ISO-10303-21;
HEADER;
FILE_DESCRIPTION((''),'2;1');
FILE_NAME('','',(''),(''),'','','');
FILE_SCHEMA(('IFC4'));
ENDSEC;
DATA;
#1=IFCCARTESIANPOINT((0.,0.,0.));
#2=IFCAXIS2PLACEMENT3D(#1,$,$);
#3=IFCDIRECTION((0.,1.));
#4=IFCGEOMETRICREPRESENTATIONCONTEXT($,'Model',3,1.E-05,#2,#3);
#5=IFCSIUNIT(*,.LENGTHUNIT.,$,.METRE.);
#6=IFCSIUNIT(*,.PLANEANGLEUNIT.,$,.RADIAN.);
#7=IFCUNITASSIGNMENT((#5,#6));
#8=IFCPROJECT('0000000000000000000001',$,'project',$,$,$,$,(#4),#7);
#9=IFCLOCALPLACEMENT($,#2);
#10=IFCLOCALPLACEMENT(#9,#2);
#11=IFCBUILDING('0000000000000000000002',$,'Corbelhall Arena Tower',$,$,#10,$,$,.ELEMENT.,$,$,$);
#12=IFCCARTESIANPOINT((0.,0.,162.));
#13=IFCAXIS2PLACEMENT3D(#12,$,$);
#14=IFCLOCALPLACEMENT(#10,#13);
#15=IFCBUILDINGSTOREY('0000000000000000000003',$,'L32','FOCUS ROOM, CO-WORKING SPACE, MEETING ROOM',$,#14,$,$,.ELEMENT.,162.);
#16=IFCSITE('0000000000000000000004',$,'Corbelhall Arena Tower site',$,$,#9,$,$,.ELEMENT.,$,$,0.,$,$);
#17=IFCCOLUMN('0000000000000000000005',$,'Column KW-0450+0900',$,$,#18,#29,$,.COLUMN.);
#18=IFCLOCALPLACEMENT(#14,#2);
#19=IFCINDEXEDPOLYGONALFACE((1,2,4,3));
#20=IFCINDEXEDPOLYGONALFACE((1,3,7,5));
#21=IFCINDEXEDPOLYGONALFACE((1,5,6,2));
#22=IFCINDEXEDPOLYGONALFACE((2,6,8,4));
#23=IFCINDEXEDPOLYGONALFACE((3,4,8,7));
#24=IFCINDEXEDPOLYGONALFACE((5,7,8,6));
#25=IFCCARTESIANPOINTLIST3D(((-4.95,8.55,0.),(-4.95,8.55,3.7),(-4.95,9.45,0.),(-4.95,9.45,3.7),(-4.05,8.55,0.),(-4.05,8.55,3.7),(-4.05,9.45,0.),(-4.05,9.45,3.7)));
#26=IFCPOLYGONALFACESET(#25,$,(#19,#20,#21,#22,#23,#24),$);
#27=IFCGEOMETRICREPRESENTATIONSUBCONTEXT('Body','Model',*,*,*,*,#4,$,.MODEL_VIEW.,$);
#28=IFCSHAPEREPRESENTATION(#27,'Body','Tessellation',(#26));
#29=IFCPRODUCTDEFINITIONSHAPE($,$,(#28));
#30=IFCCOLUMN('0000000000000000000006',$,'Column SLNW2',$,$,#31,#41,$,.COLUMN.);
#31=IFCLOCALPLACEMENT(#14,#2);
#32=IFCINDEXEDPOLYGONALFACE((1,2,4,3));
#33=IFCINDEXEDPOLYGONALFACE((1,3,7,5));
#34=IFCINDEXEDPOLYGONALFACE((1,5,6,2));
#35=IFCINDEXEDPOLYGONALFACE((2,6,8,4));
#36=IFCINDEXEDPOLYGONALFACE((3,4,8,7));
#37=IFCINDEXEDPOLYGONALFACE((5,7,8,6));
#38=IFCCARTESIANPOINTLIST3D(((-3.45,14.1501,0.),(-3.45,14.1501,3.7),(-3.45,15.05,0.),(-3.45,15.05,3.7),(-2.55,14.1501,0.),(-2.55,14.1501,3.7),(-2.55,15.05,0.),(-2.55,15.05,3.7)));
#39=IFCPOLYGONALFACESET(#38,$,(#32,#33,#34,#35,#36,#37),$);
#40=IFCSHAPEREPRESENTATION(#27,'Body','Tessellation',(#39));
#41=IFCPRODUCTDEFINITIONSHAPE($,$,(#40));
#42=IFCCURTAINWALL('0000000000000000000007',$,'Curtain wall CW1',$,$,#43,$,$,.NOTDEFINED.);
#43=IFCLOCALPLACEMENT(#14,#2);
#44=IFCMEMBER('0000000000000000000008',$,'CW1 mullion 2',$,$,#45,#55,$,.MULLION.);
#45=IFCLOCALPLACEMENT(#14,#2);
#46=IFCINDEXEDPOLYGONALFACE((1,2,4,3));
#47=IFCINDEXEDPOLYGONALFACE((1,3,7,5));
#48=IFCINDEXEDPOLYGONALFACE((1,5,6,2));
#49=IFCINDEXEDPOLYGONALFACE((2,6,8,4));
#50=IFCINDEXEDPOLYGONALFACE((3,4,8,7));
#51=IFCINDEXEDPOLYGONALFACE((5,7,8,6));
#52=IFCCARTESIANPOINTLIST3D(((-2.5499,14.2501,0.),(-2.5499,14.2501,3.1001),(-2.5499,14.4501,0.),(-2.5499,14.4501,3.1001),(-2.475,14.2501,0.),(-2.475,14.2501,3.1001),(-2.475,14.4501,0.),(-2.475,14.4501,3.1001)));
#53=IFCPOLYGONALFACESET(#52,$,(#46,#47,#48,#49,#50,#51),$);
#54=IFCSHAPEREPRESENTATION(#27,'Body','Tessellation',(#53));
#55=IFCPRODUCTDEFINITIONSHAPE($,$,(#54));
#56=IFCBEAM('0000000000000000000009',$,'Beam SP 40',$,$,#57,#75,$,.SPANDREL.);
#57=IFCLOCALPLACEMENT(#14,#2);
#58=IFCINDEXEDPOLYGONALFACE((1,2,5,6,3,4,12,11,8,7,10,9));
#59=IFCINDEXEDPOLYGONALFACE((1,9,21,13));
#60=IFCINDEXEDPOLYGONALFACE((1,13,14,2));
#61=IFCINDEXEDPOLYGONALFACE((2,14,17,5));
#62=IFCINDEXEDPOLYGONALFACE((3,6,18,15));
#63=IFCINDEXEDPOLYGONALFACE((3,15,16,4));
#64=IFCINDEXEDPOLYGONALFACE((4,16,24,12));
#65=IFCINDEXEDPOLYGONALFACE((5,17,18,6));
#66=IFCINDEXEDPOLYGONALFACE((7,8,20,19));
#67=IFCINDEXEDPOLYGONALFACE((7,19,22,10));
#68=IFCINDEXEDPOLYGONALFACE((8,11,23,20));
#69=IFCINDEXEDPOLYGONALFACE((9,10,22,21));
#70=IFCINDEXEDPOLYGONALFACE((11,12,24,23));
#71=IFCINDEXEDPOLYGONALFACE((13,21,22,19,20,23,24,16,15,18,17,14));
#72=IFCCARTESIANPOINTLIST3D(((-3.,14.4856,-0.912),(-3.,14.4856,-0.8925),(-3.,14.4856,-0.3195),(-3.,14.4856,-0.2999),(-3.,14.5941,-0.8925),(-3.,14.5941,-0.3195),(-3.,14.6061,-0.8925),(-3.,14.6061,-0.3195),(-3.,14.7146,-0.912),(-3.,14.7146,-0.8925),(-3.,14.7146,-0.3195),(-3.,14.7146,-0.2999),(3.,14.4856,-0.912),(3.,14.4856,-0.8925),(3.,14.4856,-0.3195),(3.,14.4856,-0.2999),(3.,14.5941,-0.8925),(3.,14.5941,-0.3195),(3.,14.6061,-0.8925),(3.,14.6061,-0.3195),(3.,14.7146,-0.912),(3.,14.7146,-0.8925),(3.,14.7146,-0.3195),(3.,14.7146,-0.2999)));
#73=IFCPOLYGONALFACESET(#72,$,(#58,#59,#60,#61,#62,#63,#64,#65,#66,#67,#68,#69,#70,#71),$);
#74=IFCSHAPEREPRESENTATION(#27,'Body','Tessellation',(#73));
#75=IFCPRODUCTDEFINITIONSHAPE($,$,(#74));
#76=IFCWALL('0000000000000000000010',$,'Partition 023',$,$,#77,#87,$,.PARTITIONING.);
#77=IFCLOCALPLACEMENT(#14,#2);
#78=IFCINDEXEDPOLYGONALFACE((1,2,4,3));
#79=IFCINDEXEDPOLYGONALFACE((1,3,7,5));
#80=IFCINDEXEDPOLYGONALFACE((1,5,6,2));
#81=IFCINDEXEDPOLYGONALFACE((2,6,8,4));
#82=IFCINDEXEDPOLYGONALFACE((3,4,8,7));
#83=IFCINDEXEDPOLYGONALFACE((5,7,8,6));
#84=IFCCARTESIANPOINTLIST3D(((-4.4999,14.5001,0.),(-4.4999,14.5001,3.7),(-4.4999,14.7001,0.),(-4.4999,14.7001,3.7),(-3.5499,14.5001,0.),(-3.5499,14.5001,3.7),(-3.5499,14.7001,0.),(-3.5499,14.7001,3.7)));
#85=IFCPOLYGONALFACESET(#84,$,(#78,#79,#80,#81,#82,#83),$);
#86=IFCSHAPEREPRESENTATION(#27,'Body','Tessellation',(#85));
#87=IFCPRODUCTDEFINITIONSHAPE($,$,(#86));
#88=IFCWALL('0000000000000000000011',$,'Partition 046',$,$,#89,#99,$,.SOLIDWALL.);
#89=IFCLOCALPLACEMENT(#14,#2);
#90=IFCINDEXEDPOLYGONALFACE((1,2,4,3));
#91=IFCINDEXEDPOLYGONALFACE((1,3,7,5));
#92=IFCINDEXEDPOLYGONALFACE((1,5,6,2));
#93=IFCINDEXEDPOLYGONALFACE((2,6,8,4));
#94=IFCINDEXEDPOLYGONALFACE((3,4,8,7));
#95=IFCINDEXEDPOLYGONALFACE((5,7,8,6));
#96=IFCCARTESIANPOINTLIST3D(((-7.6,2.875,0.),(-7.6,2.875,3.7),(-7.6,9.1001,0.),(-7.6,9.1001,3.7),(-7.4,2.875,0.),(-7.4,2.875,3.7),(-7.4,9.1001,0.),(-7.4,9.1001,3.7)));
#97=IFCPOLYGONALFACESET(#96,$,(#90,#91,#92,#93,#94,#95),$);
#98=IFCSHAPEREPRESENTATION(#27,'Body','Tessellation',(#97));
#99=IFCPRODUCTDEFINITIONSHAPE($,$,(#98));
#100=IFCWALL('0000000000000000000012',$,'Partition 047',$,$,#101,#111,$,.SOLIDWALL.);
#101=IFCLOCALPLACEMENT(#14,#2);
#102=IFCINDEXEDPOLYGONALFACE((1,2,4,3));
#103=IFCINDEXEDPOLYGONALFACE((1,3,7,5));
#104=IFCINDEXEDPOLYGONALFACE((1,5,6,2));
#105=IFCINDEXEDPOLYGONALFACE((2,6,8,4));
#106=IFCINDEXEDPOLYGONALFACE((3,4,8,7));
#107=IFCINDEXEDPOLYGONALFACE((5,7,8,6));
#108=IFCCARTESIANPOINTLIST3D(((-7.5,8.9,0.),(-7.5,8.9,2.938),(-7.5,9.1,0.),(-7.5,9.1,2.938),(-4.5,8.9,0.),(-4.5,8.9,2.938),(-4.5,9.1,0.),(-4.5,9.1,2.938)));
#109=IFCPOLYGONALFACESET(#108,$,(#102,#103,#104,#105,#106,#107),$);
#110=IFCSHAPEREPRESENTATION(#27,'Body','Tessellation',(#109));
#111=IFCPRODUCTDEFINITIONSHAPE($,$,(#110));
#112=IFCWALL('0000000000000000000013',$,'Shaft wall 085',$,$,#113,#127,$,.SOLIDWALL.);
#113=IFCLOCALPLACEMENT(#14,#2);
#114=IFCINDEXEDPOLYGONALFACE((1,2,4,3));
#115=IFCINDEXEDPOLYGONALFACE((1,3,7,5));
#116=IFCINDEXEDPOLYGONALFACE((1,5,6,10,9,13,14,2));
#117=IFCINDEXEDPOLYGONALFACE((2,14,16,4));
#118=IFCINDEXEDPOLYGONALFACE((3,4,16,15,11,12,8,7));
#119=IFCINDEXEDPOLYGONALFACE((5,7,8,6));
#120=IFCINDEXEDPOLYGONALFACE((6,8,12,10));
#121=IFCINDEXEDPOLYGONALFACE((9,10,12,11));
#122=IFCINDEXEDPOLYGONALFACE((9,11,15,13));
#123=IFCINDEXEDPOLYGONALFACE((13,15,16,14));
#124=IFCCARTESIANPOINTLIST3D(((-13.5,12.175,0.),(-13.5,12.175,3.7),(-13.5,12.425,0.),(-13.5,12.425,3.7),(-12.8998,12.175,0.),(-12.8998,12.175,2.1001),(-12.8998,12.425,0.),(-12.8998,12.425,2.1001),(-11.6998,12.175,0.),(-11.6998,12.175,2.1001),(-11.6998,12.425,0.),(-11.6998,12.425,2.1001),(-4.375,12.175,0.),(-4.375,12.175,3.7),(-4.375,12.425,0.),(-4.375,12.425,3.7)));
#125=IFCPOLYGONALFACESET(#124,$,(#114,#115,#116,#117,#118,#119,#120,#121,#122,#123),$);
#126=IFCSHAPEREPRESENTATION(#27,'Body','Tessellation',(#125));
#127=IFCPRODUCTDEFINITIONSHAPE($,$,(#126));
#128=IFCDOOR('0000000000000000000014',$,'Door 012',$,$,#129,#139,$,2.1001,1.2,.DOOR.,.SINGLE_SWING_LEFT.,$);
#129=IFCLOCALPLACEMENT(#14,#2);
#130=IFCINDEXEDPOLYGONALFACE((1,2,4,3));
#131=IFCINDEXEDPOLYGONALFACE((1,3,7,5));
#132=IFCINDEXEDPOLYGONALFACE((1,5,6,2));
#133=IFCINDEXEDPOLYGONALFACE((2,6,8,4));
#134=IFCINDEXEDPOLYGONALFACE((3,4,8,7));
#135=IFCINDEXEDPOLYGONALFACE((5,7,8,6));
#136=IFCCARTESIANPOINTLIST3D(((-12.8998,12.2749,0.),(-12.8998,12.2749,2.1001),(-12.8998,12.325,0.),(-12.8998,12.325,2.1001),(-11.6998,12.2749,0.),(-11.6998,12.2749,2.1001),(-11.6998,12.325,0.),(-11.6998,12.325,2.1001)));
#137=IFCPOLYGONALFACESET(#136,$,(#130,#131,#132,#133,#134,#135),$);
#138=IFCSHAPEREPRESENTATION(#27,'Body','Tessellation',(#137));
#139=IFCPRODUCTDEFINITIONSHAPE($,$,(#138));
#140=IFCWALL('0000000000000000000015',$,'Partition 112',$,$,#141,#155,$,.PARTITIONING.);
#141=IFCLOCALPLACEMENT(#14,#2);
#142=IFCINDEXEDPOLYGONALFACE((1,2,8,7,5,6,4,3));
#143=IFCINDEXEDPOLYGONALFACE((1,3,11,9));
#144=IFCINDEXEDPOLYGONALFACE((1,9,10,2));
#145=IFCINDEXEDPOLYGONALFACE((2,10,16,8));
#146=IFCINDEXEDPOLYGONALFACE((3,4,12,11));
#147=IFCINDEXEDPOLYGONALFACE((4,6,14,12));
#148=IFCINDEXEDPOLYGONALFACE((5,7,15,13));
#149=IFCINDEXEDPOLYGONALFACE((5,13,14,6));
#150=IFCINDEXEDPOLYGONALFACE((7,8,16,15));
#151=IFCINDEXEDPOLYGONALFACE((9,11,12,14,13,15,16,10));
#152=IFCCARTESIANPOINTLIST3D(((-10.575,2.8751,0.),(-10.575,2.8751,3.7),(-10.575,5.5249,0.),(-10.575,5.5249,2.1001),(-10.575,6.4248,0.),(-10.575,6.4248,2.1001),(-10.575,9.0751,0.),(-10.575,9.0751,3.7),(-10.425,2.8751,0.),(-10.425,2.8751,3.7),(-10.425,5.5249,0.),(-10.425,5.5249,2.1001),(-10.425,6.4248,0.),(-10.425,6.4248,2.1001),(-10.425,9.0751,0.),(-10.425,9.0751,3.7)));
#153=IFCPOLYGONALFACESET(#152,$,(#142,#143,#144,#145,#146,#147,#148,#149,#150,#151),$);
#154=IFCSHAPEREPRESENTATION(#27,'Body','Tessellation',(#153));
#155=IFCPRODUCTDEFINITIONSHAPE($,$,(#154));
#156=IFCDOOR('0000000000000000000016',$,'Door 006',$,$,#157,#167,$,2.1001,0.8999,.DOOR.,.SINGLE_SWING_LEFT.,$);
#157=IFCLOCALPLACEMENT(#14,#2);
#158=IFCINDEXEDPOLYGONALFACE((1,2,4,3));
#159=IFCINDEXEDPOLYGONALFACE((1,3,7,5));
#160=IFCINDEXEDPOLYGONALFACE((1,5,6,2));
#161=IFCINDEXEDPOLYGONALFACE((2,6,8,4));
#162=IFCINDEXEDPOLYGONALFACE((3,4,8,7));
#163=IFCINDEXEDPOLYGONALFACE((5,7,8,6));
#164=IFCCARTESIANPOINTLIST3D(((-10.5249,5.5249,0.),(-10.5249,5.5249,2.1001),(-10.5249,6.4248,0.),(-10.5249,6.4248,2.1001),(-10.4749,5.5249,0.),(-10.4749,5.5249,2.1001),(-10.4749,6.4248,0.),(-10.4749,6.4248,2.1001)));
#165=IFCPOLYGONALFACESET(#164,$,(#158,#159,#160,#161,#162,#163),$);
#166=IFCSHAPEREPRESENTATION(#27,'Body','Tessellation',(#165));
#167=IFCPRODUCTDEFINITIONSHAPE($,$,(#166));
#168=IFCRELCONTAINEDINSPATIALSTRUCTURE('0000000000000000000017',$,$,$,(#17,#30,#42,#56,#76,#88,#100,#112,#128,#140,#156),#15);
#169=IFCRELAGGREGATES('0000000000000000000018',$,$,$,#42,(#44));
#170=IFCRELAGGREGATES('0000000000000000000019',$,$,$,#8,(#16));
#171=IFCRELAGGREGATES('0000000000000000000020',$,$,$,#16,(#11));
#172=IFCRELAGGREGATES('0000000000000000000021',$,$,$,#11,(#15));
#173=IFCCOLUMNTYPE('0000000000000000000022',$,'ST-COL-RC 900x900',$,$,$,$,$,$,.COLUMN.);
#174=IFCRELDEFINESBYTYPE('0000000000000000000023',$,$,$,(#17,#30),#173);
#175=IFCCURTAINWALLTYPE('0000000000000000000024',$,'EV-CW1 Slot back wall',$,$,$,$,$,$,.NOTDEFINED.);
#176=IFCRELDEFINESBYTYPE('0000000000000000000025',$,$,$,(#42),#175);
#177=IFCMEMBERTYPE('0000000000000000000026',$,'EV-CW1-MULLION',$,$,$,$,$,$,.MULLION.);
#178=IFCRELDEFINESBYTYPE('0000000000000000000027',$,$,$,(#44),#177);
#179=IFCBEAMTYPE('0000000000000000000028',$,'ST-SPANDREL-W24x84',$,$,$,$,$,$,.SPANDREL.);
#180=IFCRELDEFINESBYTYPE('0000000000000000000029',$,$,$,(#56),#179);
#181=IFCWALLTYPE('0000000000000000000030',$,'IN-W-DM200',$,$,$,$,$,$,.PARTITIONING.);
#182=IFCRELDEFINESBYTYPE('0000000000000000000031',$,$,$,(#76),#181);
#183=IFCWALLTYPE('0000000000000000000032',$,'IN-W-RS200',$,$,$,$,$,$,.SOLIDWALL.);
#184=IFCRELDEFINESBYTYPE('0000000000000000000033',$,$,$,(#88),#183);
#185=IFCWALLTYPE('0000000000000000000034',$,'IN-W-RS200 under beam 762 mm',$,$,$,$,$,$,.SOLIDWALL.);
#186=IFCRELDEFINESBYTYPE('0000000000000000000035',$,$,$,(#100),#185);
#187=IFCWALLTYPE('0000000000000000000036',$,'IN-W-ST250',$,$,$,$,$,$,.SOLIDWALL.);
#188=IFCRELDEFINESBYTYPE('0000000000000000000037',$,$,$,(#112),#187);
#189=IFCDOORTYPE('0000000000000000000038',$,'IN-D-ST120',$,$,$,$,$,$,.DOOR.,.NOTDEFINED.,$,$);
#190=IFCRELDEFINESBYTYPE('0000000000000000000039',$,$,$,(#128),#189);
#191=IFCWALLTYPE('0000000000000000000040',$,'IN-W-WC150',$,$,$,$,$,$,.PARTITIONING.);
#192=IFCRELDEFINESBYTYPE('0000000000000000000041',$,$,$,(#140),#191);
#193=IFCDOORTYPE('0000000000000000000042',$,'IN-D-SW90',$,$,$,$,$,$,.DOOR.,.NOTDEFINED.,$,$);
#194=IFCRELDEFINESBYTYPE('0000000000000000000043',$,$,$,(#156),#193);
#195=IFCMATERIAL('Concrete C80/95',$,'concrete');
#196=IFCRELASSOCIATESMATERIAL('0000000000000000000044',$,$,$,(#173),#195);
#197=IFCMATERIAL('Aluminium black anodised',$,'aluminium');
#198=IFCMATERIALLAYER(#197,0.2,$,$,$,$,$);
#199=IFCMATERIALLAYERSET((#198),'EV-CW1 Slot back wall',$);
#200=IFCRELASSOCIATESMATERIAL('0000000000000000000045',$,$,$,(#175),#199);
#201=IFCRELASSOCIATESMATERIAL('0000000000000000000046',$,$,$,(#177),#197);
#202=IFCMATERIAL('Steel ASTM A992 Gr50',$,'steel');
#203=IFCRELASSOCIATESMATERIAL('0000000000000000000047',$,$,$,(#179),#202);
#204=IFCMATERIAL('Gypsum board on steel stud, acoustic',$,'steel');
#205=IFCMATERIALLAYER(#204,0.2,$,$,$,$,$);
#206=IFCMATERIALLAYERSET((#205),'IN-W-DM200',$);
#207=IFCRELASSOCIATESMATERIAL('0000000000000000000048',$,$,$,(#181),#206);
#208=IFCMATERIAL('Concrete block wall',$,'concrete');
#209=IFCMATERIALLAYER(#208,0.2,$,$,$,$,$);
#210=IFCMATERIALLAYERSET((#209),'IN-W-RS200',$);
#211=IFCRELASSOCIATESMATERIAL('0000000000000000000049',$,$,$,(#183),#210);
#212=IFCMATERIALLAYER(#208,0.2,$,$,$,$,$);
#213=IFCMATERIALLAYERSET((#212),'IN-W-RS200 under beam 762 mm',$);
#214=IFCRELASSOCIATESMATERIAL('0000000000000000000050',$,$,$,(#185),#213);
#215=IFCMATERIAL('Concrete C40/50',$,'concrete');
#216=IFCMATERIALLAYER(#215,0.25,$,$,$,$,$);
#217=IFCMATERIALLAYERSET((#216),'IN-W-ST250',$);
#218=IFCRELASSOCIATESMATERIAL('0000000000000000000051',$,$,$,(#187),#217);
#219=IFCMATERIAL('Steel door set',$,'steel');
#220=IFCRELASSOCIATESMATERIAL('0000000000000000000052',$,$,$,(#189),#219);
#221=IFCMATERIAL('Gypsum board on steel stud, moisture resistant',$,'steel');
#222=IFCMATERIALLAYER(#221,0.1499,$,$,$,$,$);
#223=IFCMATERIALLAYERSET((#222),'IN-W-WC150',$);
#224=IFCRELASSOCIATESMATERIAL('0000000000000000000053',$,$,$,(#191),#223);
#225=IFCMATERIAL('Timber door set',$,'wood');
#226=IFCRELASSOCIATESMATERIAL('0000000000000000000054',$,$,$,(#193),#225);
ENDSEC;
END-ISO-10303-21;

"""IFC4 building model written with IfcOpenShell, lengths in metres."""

from ifc_helpers import new_model, si_unit, direction, frame, frame_2d, origin, origin_2d, place, context, subcontext, project, spatial, rectangle, i_section, extrude, material, layer, layer_set, material_profile, profile_set, type_object, element, fill, aggregate, save


model = new_model("IFC4")

# Units and contexts
model_context = context("Model", 3, precision=1e-05, world=origin(), true_north=direction((0.0, 1.0)))
body_context = subcontext(model_context, "Body", "Model", "MODEL_VIEW")
ifc_project = project(units=[si_unit("LENGTHUNIT", "METRE"), si_unit("PLANEANGLEUNIT", "RADIAN")], contexts=[model_context])

# Site, building, storey
site_placement = place(None, origin())
site = spatial("IfcSite", under=ifc_project, at=site_placement, Name="Corbelhall Arena Tower site", CompositionType="ELEMENT", RefElevation=0.0)
building_placement = place(site_placement, origin())
building = spatial("IfcBuilding", under=site, at=building_placement, Name="Corbelhall Arena Tower", CompositionType="ELEMENT")
storey_placement = place(building_placement, frame((0.0, 0.0, 162.0)))
storey = spatial("IfcBuildingStorey", under=building, at=storey_placement, Name="L32", Description="FOCUS ROOM, CO-WORKING SPACE, MEETING ROOM", CompositionType="ELEMENT", Elevation=162.0)

# Columns
ifc_material_1 = material(Name="Concrete C80/95", Category="concrete")
ifc_material_profile_1 = material_profile(ifc_material_1, rectangle(XDim=0.8999, YDim=0.8999, at=origin_2d()))
ifc_profile_set_1 = profile_set([ifc_material_profile_1], Name="Concrete C80/95")
column_type = type_object("IfcColumnType", Name="ST-COL-RC 900x900", PredefinedType="COLUMN", material=ifc_profile_set_1)
for number, where, z_axis, x_axis, name in (
    (1, (-4.5, 9.0, 0.0), (0.0, 0.0, 1.0), (1.0, 0.0, 0.0), "Column KW-0450+0900"),
    (2, (-3.0, 14.6001, 0.0), (0.0, 0.0, 1.0), (1.0, 0.0, 0.0), "Column SLNW2"),
):
    element("IfcColumn", number, at=place(storey_placement, frame(where, z_axis=z_axis, x_axis=x_axis)), inside=storey, type_object=column_type, Name=name, PredefinedType="COLUMN", context=body_context, shape_type="SweptSolid", body=[
        extrude(rectangle(XDim=0.8999, YDim=0.8999, at=origin_2d()), origin(), (0.0, 0.0, 1.0), 3.7),
    ])

# Curtain wall, member
ifc_material_2 = material(Name="Aluminium black anodised", Category="aluminium")
ifc_layer_1 = layer(ifc_material_2, 0.2)
ifc_layer_set_1 = layer_set([ifc_layer_1], Name="EV-CW1 Slot back wall")
curtain_wall_type = type_object("IfcCurtainWallType", Name="EV-CW1 Slot back wall", PredefinedType="NOTDEFINED", material=ifc_layer_set_1)
curtain_wall_placement = place(storey_placement, origin())
curtain_wall = element("IfcCurtainWall", 3, at=curtain_wall_placement, inside=storey, type_object=curtain_wall_type, Name="Curtain wall CW1", PredefinedType="NOTDEFINED")
ifc_material_profile_2 = material_profile(ifc_material_2, rectangle(XDim=0.2, YDim=0.075, at=origin_2d()))
ifc_profile_set_2 = profile_set([ifc_material_profile_2], Name="Aluminium black anodised")
member_type = type_object("IfcMemberType", Name="EV-CW1-MULLION", PredefinedType="MULLION", material=ifc_profile_set_2)
member_placement = place(storey_placement, frame((-2.5125, 14.3501, 0.0), z_axis=(0.0, 0.0, 1.0), x_axis=(0.0, -1.0, 0.0)))
member = element("IfcMember", 4, at=member_placement, type_object=member_type, Name="CW1 mullion 2", PredefinedType="MULLION", context=body_context, shape_type="SweptSolid", body=[
    extrude(rectangle(XDim=0.2, YDim=0.075, at=origin_2d()), origin(), (0.0, 0.0, 1.0), 3.1001),
])
aggregate(curtain_wall, [member])

# Beam
ifc_material_3 = material(Name="Steel ASTM A992 Gr50", Category="steel")
ifc_material_profile_3 = material_profile(ifc_material_3, i_section(OverallWidth=0.229, OverallDepth=0.6121, WebThickness=0.012, FlangeThickness=0.0195, at=origin_2d()))
ifc_profile_set_3 = profile_set([ifc_material_profile_3], Name="Steel ASTM A992 Gr50")
beam_type = type_object("IfcBeamType", Name="ST-SPANDREL-W24x84", PredefinedType="SPANDREL", material=ifc_profile_set_3)
beam_placement = place(storey_placement, frame((-3.0, 14.6001, -0.606), z_axis=(1.0, 0.0, 0.0), x_axis=(0.0, 1.0, 0.0)))
element("IfcBeam", 5, at=beam_placement, inside=storey, type_object=beam_type, Name="Beam SP 40", PredefinedType="SPANDREL", context=body_context, shape_type="SweptSolid", body=[
    extrude(i_section(OverallWidth=0.229, OverallDepth=0.6121, WebThickness=0.012, FlangeThickness=0.0195, at=origin_2d()), origin(), (0.0, 0.0, 1.0), 6.0),
])

# Walls
ifc_material_4 = material(Name="Gypsum board on steel stud, acoustic", Category="steel")
ifc_layer_2 = layer(ifc_material_4, 0.2)
ifc_layer_set_2 = layer_set([ifc_layer_2], Name="IN-W-DM200")
wall_type_1 = type_object("IfcWallType", Name="IN-W-DM200", PredefinedType="PARTITIONING", material=ifc_layer_set_2)
wall_1_placement = place(storey_placement, frame((-4.5, 14.6001, 0.0), z_axis=(0.0, 0.0, 1.0), x_axis=(1.0, 0.0, 0.0)))
element("IfcWall", 6, at=wall_1_placement, inside=storey, type_object=wall_type_1, Name="Partition 023", PredefinedType="PARTITIONING", context=body_context, shape_type="SweptSolid", body=[
    extrude(rectangle(XDim=0.95, YDim=0.2, at=frame_2d((0.4751, 0.0))), origin(), (0.0, 0.0, 1.0), 3.7),
])
ifc_material_5 = material(Name="Concrete block wall", Category="concrete")
ifc_layer_3 = layer(ifc_material_5, 0.2)
ifc_layer_set_3 = layer_set([ifc_layer_3], Name="IN-W-RS200")
wall_type_2 = type_object("IfcWallType", Name="IN-W-RS200", PredefinedType="SOLIDWALL", material=ifc_layer_set_3)
wall_2_placement = place(storey_placement, frame((-7.5, 2.875, 0.0), z_axis=(0.0, 0.0, 1.0), x_axis=(0.0, 1.0, 0.0)))
element("IfcWall", 7, at=wall_2_placement, inside=storey, type_object=wall_type_2, Name="Partition 046", PredefinedType="SOLIDWALL", context=body_context, shape_type="SweptSolid", body=[
    extrude(rectangle(XDim=6.2251, YDim=0.2, at=frame_2d((3.1125, 0.0))), origin(), (0.0, 0.0, 1.0), 3.7),
])
ifc_layer_4 = layer(ifc_material_5, 0.2)
ifc_layer_set_4 = layer_set([ifc_layer_4], Name="IN-W-RS200 under beam 762 mm")
wall_type_3 = type_object("IfcWallType", Name="IN-W-RS200 under beam 762 mm", PredefinedType="SOLIDWALL", material=ifc_layer_set_4)
wall_3_placement = place(storey_placement, frame((-7.5, 9.0, 0.0), z_axis=(0.0, 0.0, 1.0), x_axis=(1.0, 0.0, 0.0)))
element("IfcWall", 8, at=wall_3_placement, inside=storey, type_object=wall_type_3, Name="Partition 047", PredefinedType="SOLIDWALL", context=body_context, shape_type="SweptSolid", body=[
    extrude(rectangle(XDim=3.0, YDim=0.2, at=frame_2d((1.5, 0.0))), origin(), (0.0, 0.0, 1.0), 2.938),
])

# Walls, openings, doors
ifc_material_6 = material(Name="Steel door set", Category="steel")
ifc_material_7 = material(Name="Concrete C40/50", Category="concrete")
ifc_layer_5 = layer(ifc_material_7, 0.25)
ifc_layer_set_5 = layer_set([ifc_layer_5], Name="IN-W-ST250")
wall_type_4 = type_object("IfcWallType", Name="IN-W-ST250", PredefinedType="SOLIDWALL", material=ifc_layer_set_5)
wall_4_placement = place(storey_placement, frame((-13.5, 12.3, 0.0), z_axis=(0.0, 0.0, 1.0), x_axis=(1.0, 0.0, 0.0)))
wall_4 = element("IfcWall", 9, at=wall_4_placement, inside=storey, type_object=wall_type_4, Name="Shaft wall 085", PredefinedType="SOLIDWALL", context=body_context, shape_type="SweptSolid", body=[
    extrude(rectangle(XDim=9.125, YDim=0.25, at=frame_2d((4.5625, 0.0))), origin(), (0.0, 0.0, 1.0), 3.7),
])
opening_1_placement = place(wall_4_placement, frame((0.6001, 0.0, 0.0)))
opening_1 = element("IfcOpeningElement", 10, at=opening_1_placement, cuts=wall_4, PredefinedType="OPENING", context=body_context, shape_type="SweptSolid", body=[
    extrude(rectangle(XDim=1.2, YDim=2.1001, at=frame_2d((0.6001, 1.05))), frame((0.0, 0.125, 0.0), z_axis=(0.0, -1.0, 0.0), x_axis=(1.0, 0.0, 0.0)), (0.0, 0.0, 1.0), 0.25),
])
door_type_1 = type_object("IfcDoorType", Name="IN-D-ST120", OperationType="NOTDEFINED", PredefinedType="DOOR", material=ifc_material_6)
door_1_placement = place(opening_1_placement, origin())
door_1 = element("IfcDoor", 11, at=door_1_placement, inside=storey, type_object=door_type_1, Name="Door 012", OperationType="SINGLE_SWING_LEFT", OverallHeight=2.1001, OverallWidth=1.2, PredefinedType="DOOR", context=body_context, shape_type="SweptSolid", body=[
    extrude(rectangle(XDim=1.2, YDim=2.1001, at=frame_2d((0.6001, 1.05))), frame((0.0, 0.0249, 0.0), z_axis=(0.0, -1.0, 0.0), x_axis=(1.0, 0.0, 0.0)), (0.0, 0.0, 1.0), 0.05),
])
fill(opening_1, door_1)
ifc_material_8 = material(Name="Gypsum board on steel stud, moisture resistant", Category="steel")
ifc_layer_6 = layer(ifc_material_8, 0.1499)
ifc_layer_set_6 = layer_set([ifc_layer_6], Name="IN-W-WC150")
wall_type_5 = type_object("IfcWallType", Name="IN-W-WC150", PredefinedType="PARTITIONING", material=ifc_layer_set_6)
wall_5_placement = place(storey_placement, frame((-10.5, 2.875, 0.0), z_axis=(0.0, 0.0, 1.0), x_axis=(0.0, 1.0, 0.0)))
wall_5 = element("IfcWall", 12, at=wall_5_placement, inside=storey, type_object=wall_type_5, Name="Partition 112", PredefinedType="PARTITIONING", context=body_context, shape_type="SweptSolid", body=[
    extrude(rectangle(XDim=6.2, YDim=0.1499, at=frame_2d((3.1001, 0.0))), origin(), (0.0, 0.0, 1.0), 3.7),
])
opening_2_placement = place(wall_5_placement, frame((2.6499, 0.0, 0.0)))
opening_2 = element("IfcOpeningElement", 13, at=opening_2_placement, cuts=wall_5, PredefinedType="OPENING", context=body_context, shape_type="SweptSolid", body=[
    extrude(rectangle(XDim=0.8999, YDim=2.1001, at=frame_2d((0.45, 1.05))), frame((0.0, 0.075, 0.0), z_axis=(0.0, -1.0, 0.0), x_axis=(1.0, 0.0, 0.0)), (0.0, 0.0, 1.0), 0.1499),
])
ifc_material_9 = material(Name="Timber door set", Category="wood")
door_type_2 = type_object("IfcDoorType", Name="IN-D-SW90", OperationType="NOTDEFINED", PredefinedType="DOOR", material=ifc_material_9)
door_2_placement = place(opening_2_placement, origin())
door_2 = element("IfcDoor", 14, at=door_2_placement, inside=storey, type_object=door_type_2, Name="Door 006", OperationType="SINGLE_SWING_LEFT", OverallHeight=2.1001, OverallWidth=0.8999, PredefinedType="DOOR", context=body_context, shape_type="SweptSolid", body=[
    extrude(rectangle(XDim=0.8999, YDim=2.1001, at=frame_2d((0.45, 1.05))), frame((0.0, 0.0249, 0.0), z_axis=(0.0, -1.0, 0.0), x_axis=(1.0, 0.0, 0.0)), (0.0, 0.0, 1.0), 0.05),
])
fill(opening_2, door_2)

save(model, "model.ifc")
